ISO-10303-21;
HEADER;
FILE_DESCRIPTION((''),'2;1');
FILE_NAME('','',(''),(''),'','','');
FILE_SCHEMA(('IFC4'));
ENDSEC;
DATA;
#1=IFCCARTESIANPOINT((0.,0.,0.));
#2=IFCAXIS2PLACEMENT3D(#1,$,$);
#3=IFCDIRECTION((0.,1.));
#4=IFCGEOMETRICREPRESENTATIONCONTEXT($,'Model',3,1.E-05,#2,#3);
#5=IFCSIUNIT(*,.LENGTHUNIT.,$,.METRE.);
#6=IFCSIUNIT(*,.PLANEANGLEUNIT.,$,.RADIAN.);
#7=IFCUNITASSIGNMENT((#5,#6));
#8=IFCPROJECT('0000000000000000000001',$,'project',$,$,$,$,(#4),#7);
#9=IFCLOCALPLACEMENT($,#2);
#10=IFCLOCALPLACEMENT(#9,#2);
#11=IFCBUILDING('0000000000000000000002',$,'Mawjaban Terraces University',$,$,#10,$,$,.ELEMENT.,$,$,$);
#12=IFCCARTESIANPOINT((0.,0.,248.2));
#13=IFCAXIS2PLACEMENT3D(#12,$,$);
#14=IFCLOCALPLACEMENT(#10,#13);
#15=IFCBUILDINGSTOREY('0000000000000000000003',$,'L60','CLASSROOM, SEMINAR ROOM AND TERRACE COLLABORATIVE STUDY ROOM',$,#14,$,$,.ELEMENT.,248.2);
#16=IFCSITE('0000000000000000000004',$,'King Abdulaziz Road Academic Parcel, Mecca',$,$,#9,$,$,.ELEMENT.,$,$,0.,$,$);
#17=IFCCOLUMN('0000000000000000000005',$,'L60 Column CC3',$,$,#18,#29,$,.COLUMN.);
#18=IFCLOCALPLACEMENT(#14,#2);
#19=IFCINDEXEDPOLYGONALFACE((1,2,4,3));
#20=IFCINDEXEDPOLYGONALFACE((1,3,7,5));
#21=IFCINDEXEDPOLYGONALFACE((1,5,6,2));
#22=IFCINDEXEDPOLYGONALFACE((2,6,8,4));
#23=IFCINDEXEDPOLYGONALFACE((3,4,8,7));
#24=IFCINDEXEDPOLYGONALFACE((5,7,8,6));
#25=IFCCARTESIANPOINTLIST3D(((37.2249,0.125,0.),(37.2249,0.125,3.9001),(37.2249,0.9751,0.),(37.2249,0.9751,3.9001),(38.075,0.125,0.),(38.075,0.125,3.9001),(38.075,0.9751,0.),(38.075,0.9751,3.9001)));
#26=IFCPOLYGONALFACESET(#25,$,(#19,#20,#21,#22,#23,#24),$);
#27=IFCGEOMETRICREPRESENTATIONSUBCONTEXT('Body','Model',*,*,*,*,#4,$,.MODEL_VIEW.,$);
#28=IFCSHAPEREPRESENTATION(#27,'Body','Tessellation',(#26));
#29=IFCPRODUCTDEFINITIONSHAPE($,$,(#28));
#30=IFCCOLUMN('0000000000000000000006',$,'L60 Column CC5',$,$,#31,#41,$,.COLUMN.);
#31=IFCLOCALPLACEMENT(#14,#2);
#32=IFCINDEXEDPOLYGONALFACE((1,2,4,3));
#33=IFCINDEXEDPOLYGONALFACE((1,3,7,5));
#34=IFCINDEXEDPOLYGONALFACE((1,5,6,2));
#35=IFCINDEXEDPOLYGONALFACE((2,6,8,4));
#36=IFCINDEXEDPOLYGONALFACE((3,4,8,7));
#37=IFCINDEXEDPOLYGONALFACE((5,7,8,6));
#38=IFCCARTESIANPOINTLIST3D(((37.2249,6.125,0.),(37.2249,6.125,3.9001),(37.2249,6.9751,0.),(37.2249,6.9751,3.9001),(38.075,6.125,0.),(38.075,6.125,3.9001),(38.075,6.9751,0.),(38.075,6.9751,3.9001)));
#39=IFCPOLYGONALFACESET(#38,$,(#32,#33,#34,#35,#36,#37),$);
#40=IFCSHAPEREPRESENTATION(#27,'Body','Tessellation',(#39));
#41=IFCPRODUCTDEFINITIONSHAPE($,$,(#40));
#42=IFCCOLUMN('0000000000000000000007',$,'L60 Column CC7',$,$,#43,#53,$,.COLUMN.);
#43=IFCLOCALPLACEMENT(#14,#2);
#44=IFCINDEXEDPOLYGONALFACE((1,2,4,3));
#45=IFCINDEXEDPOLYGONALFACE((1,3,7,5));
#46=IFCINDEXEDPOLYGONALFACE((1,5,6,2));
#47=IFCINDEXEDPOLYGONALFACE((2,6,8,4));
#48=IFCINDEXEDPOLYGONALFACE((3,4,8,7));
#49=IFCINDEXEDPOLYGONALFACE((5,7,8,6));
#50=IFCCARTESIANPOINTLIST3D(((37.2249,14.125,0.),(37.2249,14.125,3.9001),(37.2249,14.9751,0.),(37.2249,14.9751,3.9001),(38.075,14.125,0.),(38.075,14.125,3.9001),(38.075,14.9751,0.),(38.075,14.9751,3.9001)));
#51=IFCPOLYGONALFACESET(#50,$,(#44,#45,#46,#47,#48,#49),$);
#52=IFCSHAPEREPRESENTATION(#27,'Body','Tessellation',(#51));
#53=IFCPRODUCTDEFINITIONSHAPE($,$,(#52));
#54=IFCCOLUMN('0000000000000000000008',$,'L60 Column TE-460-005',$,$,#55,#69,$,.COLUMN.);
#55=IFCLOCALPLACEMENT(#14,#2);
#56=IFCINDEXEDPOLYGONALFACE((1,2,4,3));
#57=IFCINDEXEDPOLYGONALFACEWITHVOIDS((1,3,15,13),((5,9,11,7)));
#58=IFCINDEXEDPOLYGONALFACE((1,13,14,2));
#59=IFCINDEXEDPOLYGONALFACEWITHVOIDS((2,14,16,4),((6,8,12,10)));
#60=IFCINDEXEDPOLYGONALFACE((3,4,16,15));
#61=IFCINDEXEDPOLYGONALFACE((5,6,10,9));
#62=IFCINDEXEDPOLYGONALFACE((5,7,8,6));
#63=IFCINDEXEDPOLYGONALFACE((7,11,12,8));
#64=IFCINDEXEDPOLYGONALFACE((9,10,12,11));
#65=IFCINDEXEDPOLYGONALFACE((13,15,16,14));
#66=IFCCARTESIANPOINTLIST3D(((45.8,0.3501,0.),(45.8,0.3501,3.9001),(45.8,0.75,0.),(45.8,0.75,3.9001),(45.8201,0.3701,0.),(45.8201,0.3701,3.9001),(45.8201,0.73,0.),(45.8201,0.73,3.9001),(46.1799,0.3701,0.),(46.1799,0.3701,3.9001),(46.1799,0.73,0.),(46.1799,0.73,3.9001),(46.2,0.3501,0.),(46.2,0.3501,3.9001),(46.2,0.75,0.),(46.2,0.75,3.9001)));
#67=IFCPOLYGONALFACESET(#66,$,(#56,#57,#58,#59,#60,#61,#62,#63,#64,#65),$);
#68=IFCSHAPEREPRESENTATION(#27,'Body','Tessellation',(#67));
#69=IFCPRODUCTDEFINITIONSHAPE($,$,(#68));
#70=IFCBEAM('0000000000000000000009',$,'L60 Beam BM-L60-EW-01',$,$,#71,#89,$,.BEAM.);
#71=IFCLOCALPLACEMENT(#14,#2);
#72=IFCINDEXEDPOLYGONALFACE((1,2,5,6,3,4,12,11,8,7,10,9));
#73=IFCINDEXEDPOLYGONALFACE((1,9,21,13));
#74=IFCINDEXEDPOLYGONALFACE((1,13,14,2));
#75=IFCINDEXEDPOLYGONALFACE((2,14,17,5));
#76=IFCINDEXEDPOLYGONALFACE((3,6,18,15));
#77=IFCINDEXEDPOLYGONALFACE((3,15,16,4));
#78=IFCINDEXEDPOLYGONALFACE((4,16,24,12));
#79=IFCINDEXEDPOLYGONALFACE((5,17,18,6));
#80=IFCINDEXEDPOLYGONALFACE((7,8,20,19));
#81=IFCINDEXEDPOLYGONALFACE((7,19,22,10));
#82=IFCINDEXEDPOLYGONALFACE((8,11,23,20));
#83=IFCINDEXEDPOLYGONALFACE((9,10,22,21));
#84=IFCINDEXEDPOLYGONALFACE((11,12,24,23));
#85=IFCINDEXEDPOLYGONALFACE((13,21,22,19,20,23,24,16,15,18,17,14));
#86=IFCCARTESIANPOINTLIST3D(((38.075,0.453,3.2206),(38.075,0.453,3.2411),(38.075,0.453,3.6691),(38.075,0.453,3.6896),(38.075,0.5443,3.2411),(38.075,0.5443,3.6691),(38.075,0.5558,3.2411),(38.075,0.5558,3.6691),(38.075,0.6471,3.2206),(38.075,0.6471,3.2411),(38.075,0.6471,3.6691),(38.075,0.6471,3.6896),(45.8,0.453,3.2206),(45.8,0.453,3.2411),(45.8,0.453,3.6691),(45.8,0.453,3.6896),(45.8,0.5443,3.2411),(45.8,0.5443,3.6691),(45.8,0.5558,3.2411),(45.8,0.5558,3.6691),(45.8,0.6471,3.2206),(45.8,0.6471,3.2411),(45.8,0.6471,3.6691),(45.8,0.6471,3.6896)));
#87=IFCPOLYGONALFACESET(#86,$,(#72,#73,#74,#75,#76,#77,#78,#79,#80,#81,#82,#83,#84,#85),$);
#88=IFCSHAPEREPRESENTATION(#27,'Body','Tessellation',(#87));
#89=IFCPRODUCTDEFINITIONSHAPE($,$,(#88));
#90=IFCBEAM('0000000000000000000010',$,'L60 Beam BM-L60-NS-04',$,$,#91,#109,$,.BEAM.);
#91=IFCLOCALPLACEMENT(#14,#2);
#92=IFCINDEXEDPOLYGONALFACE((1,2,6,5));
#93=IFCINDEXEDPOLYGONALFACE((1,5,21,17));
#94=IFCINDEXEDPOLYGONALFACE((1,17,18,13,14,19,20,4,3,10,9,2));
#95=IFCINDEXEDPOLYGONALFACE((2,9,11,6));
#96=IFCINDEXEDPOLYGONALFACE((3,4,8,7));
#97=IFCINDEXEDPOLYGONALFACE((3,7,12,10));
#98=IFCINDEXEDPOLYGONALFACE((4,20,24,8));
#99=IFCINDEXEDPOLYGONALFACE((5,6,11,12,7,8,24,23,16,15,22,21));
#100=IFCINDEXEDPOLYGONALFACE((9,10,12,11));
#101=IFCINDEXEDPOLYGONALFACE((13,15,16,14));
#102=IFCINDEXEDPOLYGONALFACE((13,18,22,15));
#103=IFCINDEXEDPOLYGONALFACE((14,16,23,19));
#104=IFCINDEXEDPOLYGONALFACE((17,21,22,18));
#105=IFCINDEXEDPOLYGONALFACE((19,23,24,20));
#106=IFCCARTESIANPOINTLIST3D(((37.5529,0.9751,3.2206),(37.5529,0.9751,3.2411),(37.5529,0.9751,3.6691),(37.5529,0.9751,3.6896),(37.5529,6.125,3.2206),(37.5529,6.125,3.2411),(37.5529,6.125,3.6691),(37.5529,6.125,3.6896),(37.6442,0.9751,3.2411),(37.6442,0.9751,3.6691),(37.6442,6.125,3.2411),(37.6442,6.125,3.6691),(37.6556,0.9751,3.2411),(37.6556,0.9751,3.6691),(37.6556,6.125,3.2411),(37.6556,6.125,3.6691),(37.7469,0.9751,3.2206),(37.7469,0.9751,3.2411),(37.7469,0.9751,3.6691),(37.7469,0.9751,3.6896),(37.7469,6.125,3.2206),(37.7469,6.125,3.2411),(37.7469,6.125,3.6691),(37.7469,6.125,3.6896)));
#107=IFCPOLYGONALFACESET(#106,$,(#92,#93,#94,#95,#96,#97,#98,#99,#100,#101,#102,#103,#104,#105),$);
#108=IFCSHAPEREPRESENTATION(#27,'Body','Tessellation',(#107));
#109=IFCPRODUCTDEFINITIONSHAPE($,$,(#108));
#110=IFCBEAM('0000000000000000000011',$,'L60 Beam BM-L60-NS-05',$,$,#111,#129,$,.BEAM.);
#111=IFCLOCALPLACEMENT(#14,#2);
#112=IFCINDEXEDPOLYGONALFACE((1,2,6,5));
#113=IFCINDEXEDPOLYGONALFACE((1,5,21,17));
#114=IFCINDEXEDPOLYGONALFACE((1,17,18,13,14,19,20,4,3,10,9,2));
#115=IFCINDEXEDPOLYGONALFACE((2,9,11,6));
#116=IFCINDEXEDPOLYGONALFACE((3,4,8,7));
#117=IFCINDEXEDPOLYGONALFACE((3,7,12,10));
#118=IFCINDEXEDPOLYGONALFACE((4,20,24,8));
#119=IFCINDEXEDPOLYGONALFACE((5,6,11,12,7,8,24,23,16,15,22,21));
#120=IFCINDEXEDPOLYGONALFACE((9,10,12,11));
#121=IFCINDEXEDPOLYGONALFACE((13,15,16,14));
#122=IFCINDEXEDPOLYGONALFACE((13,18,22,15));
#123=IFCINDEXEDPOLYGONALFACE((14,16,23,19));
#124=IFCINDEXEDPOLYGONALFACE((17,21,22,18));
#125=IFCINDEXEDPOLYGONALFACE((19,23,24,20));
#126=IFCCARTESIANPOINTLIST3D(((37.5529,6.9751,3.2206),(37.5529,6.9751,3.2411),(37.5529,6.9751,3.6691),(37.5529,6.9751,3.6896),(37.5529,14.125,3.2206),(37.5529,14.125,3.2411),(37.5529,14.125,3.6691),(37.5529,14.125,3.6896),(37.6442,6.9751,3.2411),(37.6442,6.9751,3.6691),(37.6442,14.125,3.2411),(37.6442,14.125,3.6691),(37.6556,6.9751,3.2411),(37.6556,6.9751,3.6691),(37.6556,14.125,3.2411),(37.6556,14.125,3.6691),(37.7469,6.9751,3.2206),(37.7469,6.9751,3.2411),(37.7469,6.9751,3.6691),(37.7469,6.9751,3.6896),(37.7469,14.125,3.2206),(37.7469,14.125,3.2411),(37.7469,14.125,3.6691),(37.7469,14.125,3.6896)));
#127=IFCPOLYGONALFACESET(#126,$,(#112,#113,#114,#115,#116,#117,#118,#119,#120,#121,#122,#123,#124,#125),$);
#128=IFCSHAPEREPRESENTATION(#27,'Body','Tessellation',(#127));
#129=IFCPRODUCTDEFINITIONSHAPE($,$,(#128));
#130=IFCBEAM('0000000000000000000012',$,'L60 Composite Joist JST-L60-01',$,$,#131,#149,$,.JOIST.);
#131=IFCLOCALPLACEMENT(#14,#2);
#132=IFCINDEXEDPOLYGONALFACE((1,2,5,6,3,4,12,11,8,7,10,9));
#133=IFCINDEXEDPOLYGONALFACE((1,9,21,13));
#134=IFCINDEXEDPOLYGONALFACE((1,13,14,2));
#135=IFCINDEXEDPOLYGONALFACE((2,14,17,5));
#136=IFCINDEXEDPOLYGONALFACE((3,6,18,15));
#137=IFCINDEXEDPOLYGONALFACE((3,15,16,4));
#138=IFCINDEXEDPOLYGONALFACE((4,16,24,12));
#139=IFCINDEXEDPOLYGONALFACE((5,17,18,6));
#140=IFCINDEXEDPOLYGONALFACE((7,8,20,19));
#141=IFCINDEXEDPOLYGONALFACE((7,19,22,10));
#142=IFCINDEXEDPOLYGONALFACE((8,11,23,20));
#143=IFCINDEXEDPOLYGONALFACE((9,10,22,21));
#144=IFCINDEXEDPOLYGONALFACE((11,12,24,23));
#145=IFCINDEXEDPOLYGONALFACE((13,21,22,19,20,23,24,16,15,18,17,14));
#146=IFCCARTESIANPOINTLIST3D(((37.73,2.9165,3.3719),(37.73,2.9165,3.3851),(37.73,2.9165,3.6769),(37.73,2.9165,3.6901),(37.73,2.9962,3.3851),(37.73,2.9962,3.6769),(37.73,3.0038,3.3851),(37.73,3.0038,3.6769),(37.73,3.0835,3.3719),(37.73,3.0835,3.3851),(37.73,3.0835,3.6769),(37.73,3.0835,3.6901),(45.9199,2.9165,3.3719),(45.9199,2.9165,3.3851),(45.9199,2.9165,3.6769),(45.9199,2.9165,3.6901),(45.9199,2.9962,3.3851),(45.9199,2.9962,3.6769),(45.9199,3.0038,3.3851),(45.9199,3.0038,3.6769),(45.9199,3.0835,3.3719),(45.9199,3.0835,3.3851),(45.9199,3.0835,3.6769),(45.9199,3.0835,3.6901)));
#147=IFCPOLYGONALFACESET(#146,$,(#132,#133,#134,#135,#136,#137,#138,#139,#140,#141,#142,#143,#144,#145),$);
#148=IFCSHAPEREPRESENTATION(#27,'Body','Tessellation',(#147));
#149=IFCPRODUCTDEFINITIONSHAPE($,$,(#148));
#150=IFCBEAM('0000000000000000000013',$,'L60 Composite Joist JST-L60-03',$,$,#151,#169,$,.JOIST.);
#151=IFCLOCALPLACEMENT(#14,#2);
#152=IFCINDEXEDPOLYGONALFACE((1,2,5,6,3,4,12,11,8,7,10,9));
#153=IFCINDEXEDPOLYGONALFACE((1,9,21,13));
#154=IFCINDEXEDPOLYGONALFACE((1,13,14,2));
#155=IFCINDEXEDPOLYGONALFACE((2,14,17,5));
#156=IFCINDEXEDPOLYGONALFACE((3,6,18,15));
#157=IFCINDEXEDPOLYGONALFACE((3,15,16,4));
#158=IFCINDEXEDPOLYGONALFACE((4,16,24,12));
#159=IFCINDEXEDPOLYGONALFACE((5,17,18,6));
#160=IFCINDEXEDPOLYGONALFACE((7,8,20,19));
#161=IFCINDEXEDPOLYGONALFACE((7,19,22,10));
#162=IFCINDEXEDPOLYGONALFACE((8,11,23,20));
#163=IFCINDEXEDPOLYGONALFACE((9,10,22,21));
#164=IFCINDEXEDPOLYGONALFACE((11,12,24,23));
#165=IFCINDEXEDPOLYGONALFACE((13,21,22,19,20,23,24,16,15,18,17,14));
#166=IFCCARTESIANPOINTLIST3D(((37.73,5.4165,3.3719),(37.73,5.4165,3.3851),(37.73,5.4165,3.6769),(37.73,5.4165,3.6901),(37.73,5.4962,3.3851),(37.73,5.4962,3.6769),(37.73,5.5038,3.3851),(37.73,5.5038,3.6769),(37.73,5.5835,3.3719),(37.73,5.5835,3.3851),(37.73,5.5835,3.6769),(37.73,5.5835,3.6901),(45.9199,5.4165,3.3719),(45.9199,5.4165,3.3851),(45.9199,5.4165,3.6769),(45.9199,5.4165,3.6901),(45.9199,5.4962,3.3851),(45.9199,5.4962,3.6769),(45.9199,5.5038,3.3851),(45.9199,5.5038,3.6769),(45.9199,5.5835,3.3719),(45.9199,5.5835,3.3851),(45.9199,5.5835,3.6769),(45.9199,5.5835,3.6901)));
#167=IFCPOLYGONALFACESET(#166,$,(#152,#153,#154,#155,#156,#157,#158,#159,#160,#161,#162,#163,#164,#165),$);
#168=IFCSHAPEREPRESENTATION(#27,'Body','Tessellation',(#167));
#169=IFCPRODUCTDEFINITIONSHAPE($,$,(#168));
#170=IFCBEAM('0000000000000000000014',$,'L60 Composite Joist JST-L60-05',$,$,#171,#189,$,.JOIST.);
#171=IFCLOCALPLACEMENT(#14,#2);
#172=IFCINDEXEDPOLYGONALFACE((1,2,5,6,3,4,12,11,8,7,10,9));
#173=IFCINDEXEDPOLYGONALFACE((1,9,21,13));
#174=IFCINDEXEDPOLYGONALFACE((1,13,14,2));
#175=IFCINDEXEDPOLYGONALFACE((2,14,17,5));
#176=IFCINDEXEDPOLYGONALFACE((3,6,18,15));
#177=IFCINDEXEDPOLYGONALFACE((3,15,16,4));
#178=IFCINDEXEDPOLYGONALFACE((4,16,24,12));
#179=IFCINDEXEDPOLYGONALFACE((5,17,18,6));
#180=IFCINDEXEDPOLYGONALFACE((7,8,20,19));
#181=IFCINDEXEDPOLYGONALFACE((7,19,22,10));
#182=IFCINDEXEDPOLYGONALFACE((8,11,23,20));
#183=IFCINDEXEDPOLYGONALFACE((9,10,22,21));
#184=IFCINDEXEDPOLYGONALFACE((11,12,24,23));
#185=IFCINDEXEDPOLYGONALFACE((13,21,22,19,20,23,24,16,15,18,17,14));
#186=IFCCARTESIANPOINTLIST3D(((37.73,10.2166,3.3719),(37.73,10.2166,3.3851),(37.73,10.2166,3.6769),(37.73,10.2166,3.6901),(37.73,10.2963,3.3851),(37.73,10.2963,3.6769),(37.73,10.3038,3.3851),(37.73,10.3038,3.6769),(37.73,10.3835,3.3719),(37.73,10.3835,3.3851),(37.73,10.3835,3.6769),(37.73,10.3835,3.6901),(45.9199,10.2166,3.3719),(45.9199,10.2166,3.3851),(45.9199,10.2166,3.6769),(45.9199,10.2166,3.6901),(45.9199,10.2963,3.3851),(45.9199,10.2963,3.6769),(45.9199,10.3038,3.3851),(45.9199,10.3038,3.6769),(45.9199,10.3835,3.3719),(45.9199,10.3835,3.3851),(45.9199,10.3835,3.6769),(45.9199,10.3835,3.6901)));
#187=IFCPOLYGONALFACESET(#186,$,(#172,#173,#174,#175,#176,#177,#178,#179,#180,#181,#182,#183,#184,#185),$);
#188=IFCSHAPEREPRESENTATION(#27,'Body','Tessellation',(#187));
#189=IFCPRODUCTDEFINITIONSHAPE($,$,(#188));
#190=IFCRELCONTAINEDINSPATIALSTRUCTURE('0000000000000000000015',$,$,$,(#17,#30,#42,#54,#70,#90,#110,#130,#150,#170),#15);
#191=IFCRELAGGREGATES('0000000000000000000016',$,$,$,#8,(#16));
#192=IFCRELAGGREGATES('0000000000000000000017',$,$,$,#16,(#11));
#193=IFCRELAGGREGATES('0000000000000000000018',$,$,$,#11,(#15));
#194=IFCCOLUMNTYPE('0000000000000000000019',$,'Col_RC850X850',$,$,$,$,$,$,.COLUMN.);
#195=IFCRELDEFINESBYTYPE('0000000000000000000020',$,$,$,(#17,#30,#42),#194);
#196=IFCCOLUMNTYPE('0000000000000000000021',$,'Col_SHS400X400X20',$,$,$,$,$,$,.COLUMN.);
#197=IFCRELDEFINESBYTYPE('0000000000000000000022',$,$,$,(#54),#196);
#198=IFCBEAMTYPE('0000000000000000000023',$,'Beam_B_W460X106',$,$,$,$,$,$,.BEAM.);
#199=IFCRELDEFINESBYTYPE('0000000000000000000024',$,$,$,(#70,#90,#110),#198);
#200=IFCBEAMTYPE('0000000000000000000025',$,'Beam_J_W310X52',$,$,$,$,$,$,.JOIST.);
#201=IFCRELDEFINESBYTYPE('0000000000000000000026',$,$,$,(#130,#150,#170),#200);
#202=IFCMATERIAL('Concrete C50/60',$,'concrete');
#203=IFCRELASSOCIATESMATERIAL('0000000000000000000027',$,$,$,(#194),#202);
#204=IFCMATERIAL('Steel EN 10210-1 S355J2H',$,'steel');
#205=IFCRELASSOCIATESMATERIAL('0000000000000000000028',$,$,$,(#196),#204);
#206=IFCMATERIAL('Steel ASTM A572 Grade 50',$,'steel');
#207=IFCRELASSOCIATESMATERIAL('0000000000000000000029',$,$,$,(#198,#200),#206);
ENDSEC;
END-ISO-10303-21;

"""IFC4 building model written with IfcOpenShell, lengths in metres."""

from ifc_helpers import new_model, si_unit, direction, frame, origin, origin_2d, place, context, subcontext, project, spatial, rectangle, hollow_rectangle, i_section, extrude, material, material_profile, profile_set, type_object, element, save


model = new_model("IFC4")

# Units and contexts
model_context = context("Model", 3, precision=1e-05, world=origin(), true_north=direction((0.0, 1.0)))
body_context = subcontext(model_context, "Body", "Model", "MODEL_VIEW")
ifc_project = project(units=[si_unit("LENGTHUNIT", "METRE"), si_unit("PLANEANGLEUNIT", "RADIAN")], contexts=[model_context])

# Site, building, storey
site_placement = place(None, origin())
site = spatial("IfcSite", under=ifc_project, at=site_placement, Name="King Abdulaziz Road Academic Parcel, Mecca", CompositionType="ELEMENT", RefElevation=0.0)
building_placement = place(site_placement, origin())
building = spatial("IfcBuilding", under=site, at=building_placement, Name="Mawjaban Terraces University", CompositionType="ELEMENT")
storey_placement = place(building_placement, frame((0.0, 0.0, 248.2)))
storey = spatial("IfcBuildingStorey", under=building, at=storey_placement, Name="L60", Description="CLASSROOM, SEMINAR ROOM AND TERRACE COLLABORATIVE STUDY ROOM", CompositionType="ELEMENT", Elevation=248.2)

# Columns
ifc_material_1 = material(Name="Concrete C50/60", Category="concrete")
ifc_material_profile_1 = material_profile(ifc_material_1, rectangle(XDim=0.8501, YDim=0.8501, at=origin_2d()), Name="RC850X850")
ifc_profile_set_1 = profile_set([ifc_material_profile_1], Name="Concrete C50/60")
column_type_1 = type_object("IfcColumnType", Name="Col_RC850X850", PredefinedType="COLUMN", material=ifc_profile_set_1)
for number, where, z_axis, x_axis, name in (
    (1, (37.6499, 0.55, 0.0), (0.0, 0.0, 1.0), (1.0, 0.0, 0.0), "L60 Column CC3"),
    (2, (37.6499, 6.55, 0.0), (0.0, 0.0, 1.0), (1.0, 0.0, 0.0), "L60 Column CC5"),
    (3, (37.6499, 14.55, 0.0), (0.0, 0.0, 1.0), (1.0, 0.0, 0.0), "L60 Column CC7"),
):
    element("IfcColumn", number, at=place(storey_placement, frame(where, z_axis=z_axis, x_axis=x_axis)), inside=storey, type_object=column_type_1, Name=name, PredefinedType="COLUMN", context=body_context, shape_type="SweptSolid", body=[
        extrude(rectangle(XDim=0.8501, YDim=0.8501, at=origin_2d()), origin(), (0.0, 0.0, 1.0), 3.9001),
    ])
ifc_material_2 = material(Name="Steel EN 10210-1 S355J2H", Category="steel")
ifc_material_profile_2 = material_profile(ifc_material_2, hollow_rectangle(XDim=0.3999, YDim=0.3999, WallThickness=0.02, at=origin_2d()), Name="SHS400X400X20")
ifc_profile_set_2 = profile_set([ifc_material_profile_2], Name="Steel EN 10210-1 S355J2H")
column_type_2 = type_object("IfcColumnType", Name="Col_SHS400X400X20", PredefinedType="COLUMN", material=ifc_profile_set_2)
column_placement = place(storey_placement, frame((46.0, 0.55, 0.0), z_axis=(0.0, 0.0, 1.0), x_axis=(1.0, 0.0, 0.0)))
element("IfcColumn", 4, at=column_placement, inside=storey, type_object=column_type_2, Name="L60 Column TE-460-005", PredefinedType="COLUMN", context=body_context, shape_type="SweptSolid", body=[
    extrude(hollow_rectangle(XDim=0.3999, YDim=0.3999, WallThickness=0.02, at=origin_2d()), origin(), (0.0, 0.0, 1.0), 3.9001),
])

# Beams
ifc_material_3 = material(Name="Steel ASTM A572 Grade 50", Category="steel")
ifc_material_profile_3 = material_profile(ifc_material_3, i_section(OverallWidth=0.1941, OverallDepth=0.469, WebThickness=0.0115, FlangeThickness=0.0205, at=origin_2d()), Name="W460X106")
ifc_profile_set_3 = profile_set([ifc_material_profile_3], Name="Steel ASTM A572 Grade 50")
beam_type_1 = type_object("IfcBeamType", Name="Beam_B_W460X106", PredefinedType="BEAM", material=ifc_profile_set_3)
beam_1_placement = place(storey_placement, frame((38.075, 0.55, 3.4551), z_axis=(1.0, 0.0, 0.0), x_axis=(0.0, 1.0, 0.0)))
element("IfcBeam", 5, at=beam_1_placement, inside=storey, type_object=beam_type_1, Name="L60 Beam BM-L60-EW-01", PredefinedType="BEAM", context=body_context, shape_type="SweptSolid", body=[
    extrude(i_section(OverallWidth=0.1941, OverallDepth=0.469, WebThickness=0.0115, FlangeThickness=0.0205, at=origin_2d()), origin(), (0.0, 0.0, 1.0), 7.7251),
])
beam_2_placement = place(storey_placement, frame((37.6499, 0.9751, 3.4551), z_axis=(0.0, 1.0, 0.0), x_axis=(-1.0, 0.0, 0.0)))
element("IfcBeam", 6, at=beam_2_placement, inside=storey, type_object=beam_type_1, Name="L60 Beam BM-L60-NS-04", PredefinedType="BEAM", context=body_context, shape_type="SweptSolid", body=[
    extrude(i_section(OverallWidth=0.1941, OverallDepth=0.469, WebThickness=0.0115, FlangeThickness=0.0205, at=origin_2d()), origin(), (0.0, 0.0, 1.0), 5.1499),
])
beam_3_placement = place(storey_placement, frame((37.6499, 6.9751, 3.4551), z_axis=(0.0, 1.0, 0.0), x_axis=(-1.0, 0.0, 0.0)))
element("IfcBeam", 7, at=beam_3_placement, inside=storey, type_object=beam_type_1, Name="L60 Beam BM-L60-NS-05", PredefinedType="BEAM", context=body_context, shape_type="SweptSolid", body=[
    extrude(i_section(OverallWidth=0.1941, OverallDepth=0.469, WebThickness=0.0115, FlangeThickness=0.0205, at=origin_2d()), origin(), (0.0, 0.0, 1.0), 7.1499),
])
ifc_material_profile_4 = material_profile(ifc_material_3, i_section(OverallWidth=0.167, OverallDepth=0.3181, WebThickness=0.0076, FlangeThickness=0.0132, at=origin_2d()), Name="W310X52")
ifc_profile_set_4 = profile_set([ifc_material_profile_4], Name="Steel ASTM A572 Grade 50")
beam_type_2 = type_object("IfcBeamType", Name="Beam_J_W310X52", PredefinedType="JOIST", material=ifc_profile_set_4)
for number, where, z_axis, x_axis, name in (
    (8, (37.73, 3.0, 3.531), (1.0, 0.0, 0.0), (0.0, 1.0, 0.0), "L60 Composite Joist JST-L60-01"),
    (9, (37.73, 5.5, 3.531), (1.0, 0.0, 0.0), (0.0, 1.0, 0.0), "L60 Composite Joist JST-L60-03"),
    (10, (37.73, 10.3, 3.531), (1.0, 0.0, 0.0), (0.0, 1.0, 0.0), "L60 Composite Joist JST-L60-05"),
):
    element("IfcBeam", number, at=place(storey_placement, frame(where, z_axis=z_axis, x_axis=x_axis)), inside=storey, type_object=beam_type_2, Name=name, PredefinedType="JOIST", context=body_context, shape_type="SweptSolid", body=[
        extrude(i_section(OverallWidth=0.167, OverallDepth=0.3181, WebThickness=0.0076, FlangeThickness=0.0132, at=origin_2d()), origin(), (0.0, 0.0, 1.0), 8.1899),
    ])

save(model, "model.ifc")
